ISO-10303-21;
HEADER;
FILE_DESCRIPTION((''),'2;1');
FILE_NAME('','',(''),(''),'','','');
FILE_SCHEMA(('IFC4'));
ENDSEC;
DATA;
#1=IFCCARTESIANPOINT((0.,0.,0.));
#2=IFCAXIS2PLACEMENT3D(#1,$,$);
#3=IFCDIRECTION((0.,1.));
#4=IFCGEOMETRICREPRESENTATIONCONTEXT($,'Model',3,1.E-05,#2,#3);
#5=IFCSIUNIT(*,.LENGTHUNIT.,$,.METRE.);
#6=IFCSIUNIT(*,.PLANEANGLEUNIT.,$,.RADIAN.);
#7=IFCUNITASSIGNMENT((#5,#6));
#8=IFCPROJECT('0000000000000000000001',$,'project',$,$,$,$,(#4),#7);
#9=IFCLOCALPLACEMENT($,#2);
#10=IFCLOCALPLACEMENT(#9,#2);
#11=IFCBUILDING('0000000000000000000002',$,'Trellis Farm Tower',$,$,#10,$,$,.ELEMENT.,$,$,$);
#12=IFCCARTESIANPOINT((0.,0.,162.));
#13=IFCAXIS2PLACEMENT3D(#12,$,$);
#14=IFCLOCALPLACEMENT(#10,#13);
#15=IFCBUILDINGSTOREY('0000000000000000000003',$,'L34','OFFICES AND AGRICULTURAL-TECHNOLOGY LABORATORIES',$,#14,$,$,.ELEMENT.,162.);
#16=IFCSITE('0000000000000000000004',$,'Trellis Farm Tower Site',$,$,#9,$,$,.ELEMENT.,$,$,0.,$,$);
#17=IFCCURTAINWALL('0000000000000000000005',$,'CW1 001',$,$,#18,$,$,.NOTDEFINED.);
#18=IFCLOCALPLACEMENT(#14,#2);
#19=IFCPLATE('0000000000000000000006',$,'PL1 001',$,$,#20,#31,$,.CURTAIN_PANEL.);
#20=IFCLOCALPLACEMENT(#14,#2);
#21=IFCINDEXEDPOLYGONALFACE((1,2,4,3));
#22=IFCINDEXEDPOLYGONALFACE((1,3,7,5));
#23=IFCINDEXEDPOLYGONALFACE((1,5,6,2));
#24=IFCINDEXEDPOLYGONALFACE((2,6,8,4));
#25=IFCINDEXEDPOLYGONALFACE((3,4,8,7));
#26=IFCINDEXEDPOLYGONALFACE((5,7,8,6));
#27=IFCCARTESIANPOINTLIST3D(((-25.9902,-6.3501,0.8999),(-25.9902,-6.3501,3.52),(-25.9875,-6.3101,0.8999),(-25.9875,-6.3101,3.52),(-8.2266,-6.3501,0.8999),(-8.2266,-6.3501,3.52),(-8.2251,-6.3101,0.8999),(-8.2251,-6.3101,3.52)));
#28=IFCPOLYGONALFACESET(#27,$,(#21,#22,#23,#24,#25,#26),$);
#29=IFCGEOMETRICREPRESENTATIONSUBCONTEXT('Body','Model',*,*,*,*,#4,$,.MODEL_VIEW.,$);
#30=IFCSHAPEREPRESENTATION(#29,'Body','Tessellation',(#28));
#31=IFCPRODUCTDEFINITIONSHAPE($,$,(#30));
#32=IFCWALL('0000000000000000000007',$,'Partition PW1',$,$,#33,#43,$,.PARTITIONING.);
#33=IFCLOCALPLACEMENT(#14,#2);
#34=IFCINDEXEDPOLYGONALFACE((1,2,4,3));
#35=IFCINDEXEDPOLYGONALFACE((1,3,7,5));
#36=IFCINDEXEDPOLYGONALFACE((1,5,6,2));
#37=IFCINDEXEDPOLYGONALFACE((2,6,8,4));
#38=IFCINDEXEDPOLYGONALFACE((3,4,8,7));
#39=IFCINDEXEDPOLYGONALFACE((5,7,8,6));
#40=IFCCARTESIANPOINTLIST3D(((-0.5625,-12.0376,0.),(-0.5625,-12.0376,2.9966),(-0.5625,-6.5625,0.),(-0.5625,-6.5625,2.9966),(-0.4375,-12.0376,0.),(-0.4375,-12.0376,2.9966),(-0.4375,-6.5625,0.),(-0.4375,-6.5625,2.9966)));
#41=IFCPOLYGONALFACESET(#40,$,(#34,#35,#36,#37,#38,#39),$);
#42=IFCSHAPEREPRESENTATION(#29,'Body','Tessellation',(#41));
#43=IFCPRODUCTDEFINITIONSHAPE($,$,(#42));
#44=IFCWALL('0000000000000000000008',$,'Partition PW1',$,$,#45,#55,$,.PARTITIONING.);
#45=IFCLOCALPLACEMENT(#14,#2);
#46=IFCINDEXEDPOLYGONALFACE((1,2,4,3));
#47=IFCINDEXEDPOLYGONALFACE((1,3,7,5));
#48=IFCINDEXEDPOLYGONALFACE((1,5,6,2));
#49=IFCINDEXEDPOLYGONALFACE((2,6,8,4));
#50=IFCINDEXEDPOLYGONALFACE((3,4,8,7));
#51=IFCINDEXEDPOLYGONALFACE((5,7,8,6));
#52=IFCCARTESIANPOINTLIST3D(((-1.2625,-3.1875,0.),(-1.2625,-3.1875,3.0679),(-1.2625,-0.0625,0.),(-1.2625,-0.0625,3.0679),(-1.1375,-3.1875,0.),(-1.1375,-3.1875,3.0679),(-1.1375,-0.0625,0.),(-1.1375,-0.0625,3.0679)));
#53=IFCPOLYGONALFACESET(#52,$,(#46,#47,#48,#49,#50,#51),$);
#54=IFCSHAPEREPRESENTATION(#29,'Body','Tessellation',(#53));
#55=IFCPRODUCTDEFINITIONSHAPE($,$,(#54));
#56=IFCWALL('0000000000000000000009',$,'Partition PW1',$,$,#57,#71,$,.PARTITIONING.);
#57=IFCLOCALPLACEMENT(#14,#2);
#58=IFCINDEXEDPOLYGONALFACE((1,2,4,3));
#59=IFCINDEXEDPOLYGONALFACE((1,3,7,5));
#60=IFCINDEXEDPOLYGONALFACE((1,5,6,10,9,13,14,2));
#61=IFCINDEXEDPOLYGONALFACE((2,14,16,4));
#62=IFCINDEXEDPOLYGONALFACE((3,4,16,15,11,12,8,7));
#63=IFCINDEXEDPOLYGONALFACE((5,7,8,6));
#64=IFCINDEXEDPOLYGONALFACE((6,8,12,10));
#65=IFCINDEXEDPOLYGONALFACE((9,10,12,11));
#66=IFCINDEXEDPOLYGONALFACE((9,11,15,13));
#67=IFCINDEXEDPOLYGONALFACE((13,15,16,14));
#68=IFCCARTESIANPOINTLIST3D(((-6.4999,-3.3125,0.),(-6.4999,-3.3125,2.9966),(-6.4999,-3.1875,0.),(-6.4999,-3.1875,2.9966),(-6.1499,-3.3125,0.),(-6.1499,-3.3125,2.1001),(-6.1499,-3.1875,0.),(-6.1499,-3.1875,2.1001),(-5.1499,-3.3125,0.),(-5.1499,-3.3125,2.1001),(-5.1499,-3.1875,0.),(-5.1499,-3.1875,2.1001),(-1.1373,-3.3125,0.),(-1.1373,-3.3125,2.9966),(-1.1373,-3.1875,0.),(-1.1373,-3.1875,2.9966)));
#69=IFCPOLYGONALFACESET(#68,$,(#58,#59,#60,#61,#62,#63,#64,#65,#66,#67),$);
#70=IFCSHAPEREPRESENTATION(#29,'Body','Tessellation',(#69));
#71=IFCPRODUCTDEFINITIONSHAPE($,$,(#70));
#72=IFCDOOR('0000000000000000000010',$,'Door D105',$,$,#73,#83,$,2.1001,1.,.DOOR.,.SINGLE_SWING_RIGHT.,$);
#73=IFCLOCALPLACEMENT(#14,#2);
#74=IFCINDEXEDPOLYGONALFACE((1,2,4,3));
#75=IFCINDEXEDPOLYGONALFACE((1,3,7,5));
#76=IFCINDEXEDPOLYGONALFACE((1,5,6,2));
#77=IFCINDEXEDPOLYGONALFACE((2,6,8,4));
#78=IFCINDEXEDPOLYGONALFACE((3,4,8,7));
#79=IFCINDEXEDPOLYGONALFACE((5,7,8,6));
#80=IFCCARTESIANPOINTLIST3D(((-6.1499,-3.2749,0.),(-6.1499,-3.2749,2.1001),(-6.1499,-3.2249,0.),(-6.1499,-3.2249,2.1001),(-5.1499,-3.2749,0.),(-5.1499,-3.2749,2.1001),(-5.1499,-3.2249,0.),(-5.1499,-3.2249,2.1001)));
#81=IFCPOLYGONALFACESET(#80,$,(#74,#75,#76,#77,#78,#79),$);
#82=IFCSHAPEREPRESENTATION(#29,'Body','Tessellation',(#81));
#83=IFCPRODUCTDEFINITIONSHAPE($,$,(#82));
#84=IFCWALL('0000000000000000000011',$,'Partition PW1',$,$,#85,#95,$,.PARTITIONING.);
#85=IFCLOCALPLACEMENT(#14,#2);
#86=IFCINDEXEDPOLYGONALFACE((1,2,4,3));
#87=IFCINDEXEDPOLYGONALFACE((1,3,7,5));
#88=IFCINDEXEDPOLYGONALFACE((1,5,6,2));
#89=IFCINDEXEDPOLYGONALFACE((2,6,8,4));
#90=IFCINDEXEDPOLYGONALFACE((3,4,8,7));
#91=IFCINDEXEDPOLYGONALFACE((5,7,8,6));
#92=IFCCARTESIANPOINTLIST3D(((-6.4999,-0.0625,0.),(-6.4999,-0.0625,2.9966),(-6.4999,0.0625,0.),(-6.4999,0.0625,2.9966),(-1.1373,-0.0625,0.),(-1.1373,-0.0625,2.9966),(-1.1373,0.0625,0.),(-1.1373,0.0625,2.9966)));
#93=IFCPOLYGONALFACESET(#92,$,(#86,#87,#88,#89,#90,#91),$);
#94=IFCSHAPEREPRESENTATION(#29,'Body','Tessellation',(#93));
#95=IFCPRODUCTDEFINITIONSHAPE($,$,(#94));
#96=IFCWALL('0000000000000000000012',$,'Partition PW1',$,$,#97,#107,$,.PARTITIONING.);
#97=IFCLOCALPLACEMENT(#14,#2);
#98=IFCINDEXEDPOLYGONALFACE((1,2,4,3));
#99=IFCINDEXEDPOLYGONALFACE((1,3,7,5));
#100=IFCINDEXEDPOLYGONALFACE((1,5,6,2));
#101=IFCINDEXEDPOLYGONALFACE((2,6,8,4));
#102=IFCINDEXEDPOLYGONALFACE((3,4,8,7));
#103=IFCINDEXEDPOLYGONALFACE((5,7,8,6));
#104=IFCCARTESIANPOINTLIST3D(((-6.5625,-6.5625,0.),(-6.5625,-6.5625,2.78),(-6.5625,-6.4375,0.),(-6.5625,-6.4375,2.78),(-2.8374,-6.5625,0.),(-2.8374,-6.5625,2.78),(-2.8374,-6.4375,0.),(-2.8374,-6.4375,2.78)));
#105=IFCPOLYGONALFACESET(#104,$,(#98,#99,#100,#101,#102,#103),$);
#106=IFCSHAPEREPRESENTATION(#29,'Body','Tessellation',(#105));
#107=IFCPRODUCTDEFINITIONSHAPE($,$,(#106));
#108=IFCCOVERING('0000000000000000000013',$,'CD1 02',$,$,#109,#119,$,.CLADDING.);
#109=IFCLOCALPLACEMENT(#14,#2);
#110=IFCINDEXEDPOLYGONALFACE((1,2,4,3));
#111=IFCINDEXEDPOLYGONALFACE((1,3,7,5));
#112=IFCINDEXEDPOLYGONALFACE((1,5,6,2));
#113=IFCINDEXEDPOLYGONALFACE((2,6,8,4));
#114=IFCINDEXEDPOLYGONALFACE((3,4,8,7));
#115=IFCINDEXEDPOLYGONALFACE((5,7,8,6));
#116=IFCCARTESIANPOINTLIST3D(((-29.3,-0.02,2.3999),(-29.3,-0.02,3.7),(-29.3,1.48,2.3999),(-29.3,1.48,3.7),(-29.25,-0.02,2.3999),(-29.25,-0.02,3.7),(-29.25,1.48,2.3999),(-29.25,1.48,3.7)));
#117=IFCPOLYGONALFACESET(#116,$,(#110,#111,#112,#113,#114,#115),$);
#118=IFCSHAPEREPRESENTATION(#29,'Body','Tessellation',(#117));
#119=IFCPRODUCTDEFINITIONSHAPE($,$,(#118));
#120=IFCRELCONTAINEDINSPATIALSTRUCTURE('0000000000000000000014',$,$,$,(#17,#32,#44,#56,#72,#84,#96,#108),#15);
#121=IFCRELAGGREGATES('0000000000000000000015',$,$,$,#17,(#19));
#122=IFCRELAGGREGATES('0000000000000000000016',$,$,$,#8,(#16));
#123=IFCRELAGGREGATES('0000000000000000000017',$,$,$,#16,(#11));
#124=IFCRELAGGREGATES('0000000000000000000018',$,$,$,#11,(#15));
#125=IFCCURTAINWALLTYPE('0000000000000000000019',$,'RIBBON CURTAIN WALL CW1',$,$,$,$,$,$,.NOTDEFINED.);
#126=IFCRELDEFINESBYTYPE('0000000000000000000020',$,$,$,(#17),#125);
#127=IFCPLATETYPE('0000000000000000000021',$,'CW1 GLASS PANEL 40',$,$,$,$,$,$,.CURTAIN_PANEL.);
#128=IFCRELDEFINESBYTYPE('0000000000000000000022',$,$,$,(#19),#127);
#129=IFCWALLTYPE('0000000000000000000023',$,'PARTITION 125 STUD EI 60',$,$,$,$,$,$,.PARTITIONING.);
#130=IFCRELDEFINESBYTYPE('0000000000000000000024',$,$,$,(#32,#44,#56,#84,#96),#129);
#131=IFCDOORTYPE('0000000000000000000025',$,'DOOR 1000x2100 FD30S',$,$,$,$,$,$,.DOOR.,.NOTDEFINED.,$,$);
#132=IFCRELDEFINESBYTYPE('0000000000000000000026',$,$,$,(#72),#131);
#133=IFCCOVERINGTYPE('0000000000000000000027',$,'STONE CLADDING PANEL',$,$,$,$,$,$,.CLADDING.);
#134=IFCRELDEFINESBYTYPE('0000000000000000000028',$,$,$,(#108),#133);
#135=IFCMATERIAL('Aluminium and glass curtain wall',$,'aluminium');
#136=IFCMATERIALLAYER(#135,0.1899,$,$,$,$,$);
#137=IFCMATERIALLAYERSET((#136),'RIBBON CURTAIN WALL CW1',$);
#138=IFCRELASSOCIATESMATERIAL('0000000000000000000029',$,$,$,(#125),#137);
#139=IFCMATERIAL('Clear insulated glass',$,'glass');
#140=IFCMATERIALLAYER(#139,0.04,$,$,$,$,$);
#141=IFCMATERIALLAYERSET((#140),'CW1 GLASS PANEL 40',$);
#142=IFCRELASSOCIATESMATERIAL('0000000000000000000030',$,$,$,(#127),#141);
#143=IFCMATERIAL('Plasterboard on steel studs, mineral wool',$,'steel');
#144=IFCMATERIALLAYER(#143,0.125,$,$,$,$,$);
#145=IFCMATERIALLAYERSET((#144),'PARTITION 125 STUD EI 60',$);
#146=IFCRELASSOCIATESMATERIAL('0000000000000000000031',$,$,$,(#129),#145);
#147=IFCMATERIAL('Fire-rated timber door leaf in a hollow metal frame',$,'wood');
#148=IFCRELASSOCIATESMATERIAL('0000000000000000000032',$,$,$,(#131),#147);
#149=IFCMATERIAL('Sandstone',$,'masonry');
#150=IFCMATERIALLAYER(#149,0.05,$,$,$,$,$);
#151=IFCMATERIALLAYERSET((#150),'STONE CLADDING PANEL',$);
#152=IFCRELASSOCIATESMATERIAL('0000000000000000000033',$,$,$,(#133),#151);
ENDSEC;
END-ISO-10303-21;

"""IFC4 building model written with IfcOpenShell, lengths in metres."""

from ifc_helpers import new_model, si_unit, direction, frame, frame_2d, origin, place, context, subcontext, project, spatial, polyline, rectangle, outline, extrude, source, transform, mapped, material, layer, layer_set, type_object, element, fill, aggregate, save


model = new_model("IFC4")

# Units and contexts
model_context = context("Model", 3, precision=1e-05, world=origin(), true_north=direction((0.0, 1.0)))
body_context = subcontext(model_context, "Body", "Model", "MODEL_VIEW")
ifc_project = project(units=[si_unit("LENGTHUNIT", "METRE"), si_unit("PLANEANGLEUNIT", "RADIAN")], contexts=[model_context])

# Site, building, storey
site_placement = place(None, origin())
site = spatial("IfcSite", under=ifc_project, at=site_placement, Name="Trellis Farm Tower Site", CompositionType="ELEMENT", RefElevation=0.0)
building_placement = place(site_placement, origin())
building = spatial("IfcBuilding", under=site, at=building_placement, Name="Trellis Farm Tower", CompositionType="ELEMENT")
storey_placement = place(building_placement, frame((0.0, 0.0, 162.0)))
storey = spatial("IfcBuildingStorey", under=building, at=storey_placement, Name="L34", Description="OFFICES AND AGRICULTURAL-TECHNOLOGY LABORATORIES", CompositionType="ELEMENT", Elevation=162.0)

# Shared definitions
placement_1 = place(storey_placement, origin())

# Curtain wall, plate
ifc_material_1 = material(Name="Aluminium and glass curtain wall", Category="aluminium")
ifc_layer_1 = layer(ifc_material_1, 0.1899)
ifc_layer_set_1 = layer_set([ifc_layer_1], Name="RIBBON CURTAIN WALL CW1")
curtain_wall_type = type_object("IfcCurtainWallType", Name="RIBBON CURTAIN WALL CW1", PredefinedType="NOTDEFINED", material=ifc_layer_set_1)
curtain_wall = element("IfcCurtainWall", 1, at=placement_1, inside=storey, type_object=curtain_wall_type, Name="CW1 001", PredefinedType="NOTDEFINED")
ifc_material_2 = material(Name="Clear insulated glass", Category="glass")
ifc_layer_2 = layer(ifc_material_2, 0.04)
ifc_layer_set_2 = layer_set([ifc_layer_2], Name="CW1 GLASS PANEL 40")
plate_type = type_object("IfcPlateType", Name="CW1 GLASS PANEL 40", PredefinedType="CURTAIN_PANEL", material=ifc_layer_set_2)
shared_shape_1 = source(origin(), body_context, "Body", "SweptSolid", [
    extrude(outline(polyline([(-25.9902, -6.3501), (-8.2266, -6.3501), (-8.2251, -6.3101), (-25.9875, -6.3101), (-25.9902, -6.3501)])), origin(), (0.0, 0.0, 1.0), 2.6201),
])
plate_placement = place(storey_placement, frame((0.0, 0.0, 0.8999)))
plate = element("IfcPlate", 2, at=plate_placement, type_object=plate_type, Name="PL1 001", PredefinedType="CURTAIN_PANEL", context=body_context, shape_type="MappedRepresentation", body=[
    mapped(shared_shape_1, transform((0.0, 0.0, 0.0))),
])
aggregate(curtain_wall, [plate])

# Walls
ifc_material_3 = material(Name="Plasterboard on steel studs, mineral wool", Category="steel")
ifc_layer_3 = layer(ifc_material_3, 0.125)
ifc_layer_set_3 = layer_set([ifc_layer_3], Name="PARTITION 125 STUD EI 60")
wall_type = type_object("IfcWallType", Name="PARTITION 125 STUD EI 60", PredefinedType="PARTITIONING", material=ifc_layer_set_3)
shared_shape_2 = source(origin(), body_context, "Body", "SweptSolid", [
    extrude(rectangle(XDim=5.4751, YDim=0.125, at=frame_2d((2.7375, 0.0))), origin(), (0.0, 0.0, 1.0), 2.9966),
])
wall_1_placement = place(storey_placement, frame((-0.5, -6.5625, 0.0), z_axis=(0.0, 0.0, 1.0), x_axis=(0.0, -1.0, 0.0)))
element("IfcWall", 3, at=wall_1_placement, inside=storey, type_object=wall_type, Name="Partition PW1", PredefinedType="PARTITIONING", context=body_context, shape_type="MappedRepresentation", body=[
    mapped(shared_shape_2, transform((0.0, 0.0, 0.0))),
])
shared_shape_3 = source(origin(), body_context, "Body", "SweptSolid", [
    extrude(rectangle(XDim=3.125, YDim=0.125, at=frame_2d((1.5625, 0.0))), origin(), (0.0, 0.0, 1.0), 3.0679),
])
wall_2_placement = place(storey_placement, frame((-1.2, -0.0625, 0.0), z_axis=(0.0, 0.0, 1.0), x_axis=(0.0, -1.0, 0.0)))
element("IfcWall", 4, at=wall_2_placement, inside=storey, type_object=wall_type, Name="Partition PW1", PredefinedType="PARTITIONING", context=body_context, shape_type="MappedRepresentation", body=[
    mapped(shared_shape_3, transform((0.0, 0.0, 0.0))),
])

# Wall, opening, door
shared_shape_4 = source(origin(), body_context, "Body", "SweptSolid", [
    extrude(rectangle(XDim=5.3625, YDim=0.125, at=frame_2d((2.6812, 0.0))), origin(), (0.0, 0.0, 1.0), 2.9966),
])
wall_3_placement = place(storey_placement, frame((-1.1375, -3.25, 0.0), z_axis=(0.0, 0.0, 1.0), x_axis=(-1.0, 0.0, 0.0)))
wall_3 = element("IfcWall", 5, at=wall_3_placement, inside=storey, type_object=wall_type, Name="Partition PW1", PredefinedType="PARTITIONING", context=body_context, shape_type="MappedRepresentation", body=[
    mapped(shared_shape_4, transform((0.0, 0.0, 0.0))),
])
shared_shape_5 = source(origin(), body_context, "Body", "SweptSolid", [
    extrude(rectangle(XDim=1.0, YDim=2.1001, at=frame_2d((0.5, 1.05))), frame((0.0, 0.0725, 0.0), z_axis=(0.0, -1.0, 0.0), x_axis=(1.0, 0.0, 0.0)), (0.0, 0.0, 1.0), 0.145),
])
opening_placement = place(wall_3_placement, frame((4.0125, 0.0, 0.0)))
opening = element("IfcOpeningElement", 6, at=opening_placement, cuts=wall_3, PredefinedType="OPENING", context=body_context, shape_type="MappedRepresentation", body=[
    mapped(shared_shape_5, transform((0.0, 0.0, 0.0))),
])
ifc_material_4 = material(Name="Fire-rated timber door leaf in a hollow metal frame", Category="wood")
door_type = type_object("IfcDoorType", Name="DOOR 1000x2100 FD30S", OperationType="NOTDEFINED", PredefinedType="DOOR", material=ifc_material_4)
shared_shape_6 = source(origin(), body_context, "Body", "SweptSolid", [
    extrude(rectangle(XDim=1.0, YDim=2.1001, at=frame_2d((0.5, 1.05))), frame((0.0, 0.0249, 0.0), z_axis=(0.0, -1.0, 0.0), x_axis=(1.0, 0.0, 0.0)), (0.0, 0.0, 1.0), 0.05),
])
door_placement = place(opening_placement, origin())
door = element("IfcDoor", 7, at=door_placement, inside=storey, type_object=door_type, Name="Door D105", OperationType="SINGLE_SWING_RIGHT", OverallHeight=2.1001, OverallWidth=1.0, PredefinedType="DOOR", context=body_context, shape_type="MappedRepresentation", body=[
    mapped(shared_shape_6, transform((0.0, 0.0, 0.0))),
])
fill(opening, door)

# Walls
wall_4_placement = place(storey_placement, frame((-1.1375, 0.0, 0.0), z_axis=(0.0, 0.0, 1.0), x_axis=(-1.0, 0.0, 0.0)))
element("IfcWall", 8, at=wall_4_placement, inside=storey, type_object=wall_type, Name="Partition PW1", PredefinedType="PARTITIONING", context=body_context, shape_type="MappedRepresentation", body=[
    mapped(shared_shape_4, transform((0.0, 0.0, 0.0))),
])
shared_shape_7 = source(origin(), body_context, "Body", "SweptSolid", [
    extrude(rectangle(XDim=3.7251, YDim=0.125, at=frame_2d((1.8625, 0.0))), origin(), (0.0, 0.0, 1.0), 2.78),
])
wall_5_placement = place(storey_placement, frame((-2.8374, -6.5, 0.0), z_axis=(0.0, 0.0, 1.0), x_axis=(-1.0, 0.0, 0.0)))
element("IfcWall", 9, at=wall_5_placement, inside=storey, type_object=wall_type, Name="Partition PW1", PredefinedType="PARTITIONING", context=body_context, shape_type="MappedRepresentation", body=[
    mapped(shared_shape_7, transform((0.0, 0.0, 0.0))),
])

# Covering
ifc_material_5 = material(Name="Sandstone", Category="masonry")
ifc_layer_4 = layer(ifc_material_5, 0.05)
ifc_layer_set_4 = layer_set([ifc_layer_4], Name="STONE CLADDING PANEL")
covering_type = type_object("IfcCoveringType", Name="STONE CLADDING PANEL", PredefinedType="CLADDING", material=ifc_layer_set_4)
covering_placement = place(storey_placement, frame((0.0, 0.0, 2.3999)))
element("IfcCovering", 10, at=covering_placement, inside=storey, type_object=covering_type, Name="CD1 02", PredefinedType="CLADDING", context=body_context, shape_type="SweptSolid", body=[
    extrude(outline(polyline([(-29.3, 1.48), (-29.3, -0.02), (-29.25, -0.02), (-29.25, 1.48), (-29.3, 1.48)])), origin(), (0.0, 0.0, 1.0), 1.3),
])

save(model, "model.ifc")
